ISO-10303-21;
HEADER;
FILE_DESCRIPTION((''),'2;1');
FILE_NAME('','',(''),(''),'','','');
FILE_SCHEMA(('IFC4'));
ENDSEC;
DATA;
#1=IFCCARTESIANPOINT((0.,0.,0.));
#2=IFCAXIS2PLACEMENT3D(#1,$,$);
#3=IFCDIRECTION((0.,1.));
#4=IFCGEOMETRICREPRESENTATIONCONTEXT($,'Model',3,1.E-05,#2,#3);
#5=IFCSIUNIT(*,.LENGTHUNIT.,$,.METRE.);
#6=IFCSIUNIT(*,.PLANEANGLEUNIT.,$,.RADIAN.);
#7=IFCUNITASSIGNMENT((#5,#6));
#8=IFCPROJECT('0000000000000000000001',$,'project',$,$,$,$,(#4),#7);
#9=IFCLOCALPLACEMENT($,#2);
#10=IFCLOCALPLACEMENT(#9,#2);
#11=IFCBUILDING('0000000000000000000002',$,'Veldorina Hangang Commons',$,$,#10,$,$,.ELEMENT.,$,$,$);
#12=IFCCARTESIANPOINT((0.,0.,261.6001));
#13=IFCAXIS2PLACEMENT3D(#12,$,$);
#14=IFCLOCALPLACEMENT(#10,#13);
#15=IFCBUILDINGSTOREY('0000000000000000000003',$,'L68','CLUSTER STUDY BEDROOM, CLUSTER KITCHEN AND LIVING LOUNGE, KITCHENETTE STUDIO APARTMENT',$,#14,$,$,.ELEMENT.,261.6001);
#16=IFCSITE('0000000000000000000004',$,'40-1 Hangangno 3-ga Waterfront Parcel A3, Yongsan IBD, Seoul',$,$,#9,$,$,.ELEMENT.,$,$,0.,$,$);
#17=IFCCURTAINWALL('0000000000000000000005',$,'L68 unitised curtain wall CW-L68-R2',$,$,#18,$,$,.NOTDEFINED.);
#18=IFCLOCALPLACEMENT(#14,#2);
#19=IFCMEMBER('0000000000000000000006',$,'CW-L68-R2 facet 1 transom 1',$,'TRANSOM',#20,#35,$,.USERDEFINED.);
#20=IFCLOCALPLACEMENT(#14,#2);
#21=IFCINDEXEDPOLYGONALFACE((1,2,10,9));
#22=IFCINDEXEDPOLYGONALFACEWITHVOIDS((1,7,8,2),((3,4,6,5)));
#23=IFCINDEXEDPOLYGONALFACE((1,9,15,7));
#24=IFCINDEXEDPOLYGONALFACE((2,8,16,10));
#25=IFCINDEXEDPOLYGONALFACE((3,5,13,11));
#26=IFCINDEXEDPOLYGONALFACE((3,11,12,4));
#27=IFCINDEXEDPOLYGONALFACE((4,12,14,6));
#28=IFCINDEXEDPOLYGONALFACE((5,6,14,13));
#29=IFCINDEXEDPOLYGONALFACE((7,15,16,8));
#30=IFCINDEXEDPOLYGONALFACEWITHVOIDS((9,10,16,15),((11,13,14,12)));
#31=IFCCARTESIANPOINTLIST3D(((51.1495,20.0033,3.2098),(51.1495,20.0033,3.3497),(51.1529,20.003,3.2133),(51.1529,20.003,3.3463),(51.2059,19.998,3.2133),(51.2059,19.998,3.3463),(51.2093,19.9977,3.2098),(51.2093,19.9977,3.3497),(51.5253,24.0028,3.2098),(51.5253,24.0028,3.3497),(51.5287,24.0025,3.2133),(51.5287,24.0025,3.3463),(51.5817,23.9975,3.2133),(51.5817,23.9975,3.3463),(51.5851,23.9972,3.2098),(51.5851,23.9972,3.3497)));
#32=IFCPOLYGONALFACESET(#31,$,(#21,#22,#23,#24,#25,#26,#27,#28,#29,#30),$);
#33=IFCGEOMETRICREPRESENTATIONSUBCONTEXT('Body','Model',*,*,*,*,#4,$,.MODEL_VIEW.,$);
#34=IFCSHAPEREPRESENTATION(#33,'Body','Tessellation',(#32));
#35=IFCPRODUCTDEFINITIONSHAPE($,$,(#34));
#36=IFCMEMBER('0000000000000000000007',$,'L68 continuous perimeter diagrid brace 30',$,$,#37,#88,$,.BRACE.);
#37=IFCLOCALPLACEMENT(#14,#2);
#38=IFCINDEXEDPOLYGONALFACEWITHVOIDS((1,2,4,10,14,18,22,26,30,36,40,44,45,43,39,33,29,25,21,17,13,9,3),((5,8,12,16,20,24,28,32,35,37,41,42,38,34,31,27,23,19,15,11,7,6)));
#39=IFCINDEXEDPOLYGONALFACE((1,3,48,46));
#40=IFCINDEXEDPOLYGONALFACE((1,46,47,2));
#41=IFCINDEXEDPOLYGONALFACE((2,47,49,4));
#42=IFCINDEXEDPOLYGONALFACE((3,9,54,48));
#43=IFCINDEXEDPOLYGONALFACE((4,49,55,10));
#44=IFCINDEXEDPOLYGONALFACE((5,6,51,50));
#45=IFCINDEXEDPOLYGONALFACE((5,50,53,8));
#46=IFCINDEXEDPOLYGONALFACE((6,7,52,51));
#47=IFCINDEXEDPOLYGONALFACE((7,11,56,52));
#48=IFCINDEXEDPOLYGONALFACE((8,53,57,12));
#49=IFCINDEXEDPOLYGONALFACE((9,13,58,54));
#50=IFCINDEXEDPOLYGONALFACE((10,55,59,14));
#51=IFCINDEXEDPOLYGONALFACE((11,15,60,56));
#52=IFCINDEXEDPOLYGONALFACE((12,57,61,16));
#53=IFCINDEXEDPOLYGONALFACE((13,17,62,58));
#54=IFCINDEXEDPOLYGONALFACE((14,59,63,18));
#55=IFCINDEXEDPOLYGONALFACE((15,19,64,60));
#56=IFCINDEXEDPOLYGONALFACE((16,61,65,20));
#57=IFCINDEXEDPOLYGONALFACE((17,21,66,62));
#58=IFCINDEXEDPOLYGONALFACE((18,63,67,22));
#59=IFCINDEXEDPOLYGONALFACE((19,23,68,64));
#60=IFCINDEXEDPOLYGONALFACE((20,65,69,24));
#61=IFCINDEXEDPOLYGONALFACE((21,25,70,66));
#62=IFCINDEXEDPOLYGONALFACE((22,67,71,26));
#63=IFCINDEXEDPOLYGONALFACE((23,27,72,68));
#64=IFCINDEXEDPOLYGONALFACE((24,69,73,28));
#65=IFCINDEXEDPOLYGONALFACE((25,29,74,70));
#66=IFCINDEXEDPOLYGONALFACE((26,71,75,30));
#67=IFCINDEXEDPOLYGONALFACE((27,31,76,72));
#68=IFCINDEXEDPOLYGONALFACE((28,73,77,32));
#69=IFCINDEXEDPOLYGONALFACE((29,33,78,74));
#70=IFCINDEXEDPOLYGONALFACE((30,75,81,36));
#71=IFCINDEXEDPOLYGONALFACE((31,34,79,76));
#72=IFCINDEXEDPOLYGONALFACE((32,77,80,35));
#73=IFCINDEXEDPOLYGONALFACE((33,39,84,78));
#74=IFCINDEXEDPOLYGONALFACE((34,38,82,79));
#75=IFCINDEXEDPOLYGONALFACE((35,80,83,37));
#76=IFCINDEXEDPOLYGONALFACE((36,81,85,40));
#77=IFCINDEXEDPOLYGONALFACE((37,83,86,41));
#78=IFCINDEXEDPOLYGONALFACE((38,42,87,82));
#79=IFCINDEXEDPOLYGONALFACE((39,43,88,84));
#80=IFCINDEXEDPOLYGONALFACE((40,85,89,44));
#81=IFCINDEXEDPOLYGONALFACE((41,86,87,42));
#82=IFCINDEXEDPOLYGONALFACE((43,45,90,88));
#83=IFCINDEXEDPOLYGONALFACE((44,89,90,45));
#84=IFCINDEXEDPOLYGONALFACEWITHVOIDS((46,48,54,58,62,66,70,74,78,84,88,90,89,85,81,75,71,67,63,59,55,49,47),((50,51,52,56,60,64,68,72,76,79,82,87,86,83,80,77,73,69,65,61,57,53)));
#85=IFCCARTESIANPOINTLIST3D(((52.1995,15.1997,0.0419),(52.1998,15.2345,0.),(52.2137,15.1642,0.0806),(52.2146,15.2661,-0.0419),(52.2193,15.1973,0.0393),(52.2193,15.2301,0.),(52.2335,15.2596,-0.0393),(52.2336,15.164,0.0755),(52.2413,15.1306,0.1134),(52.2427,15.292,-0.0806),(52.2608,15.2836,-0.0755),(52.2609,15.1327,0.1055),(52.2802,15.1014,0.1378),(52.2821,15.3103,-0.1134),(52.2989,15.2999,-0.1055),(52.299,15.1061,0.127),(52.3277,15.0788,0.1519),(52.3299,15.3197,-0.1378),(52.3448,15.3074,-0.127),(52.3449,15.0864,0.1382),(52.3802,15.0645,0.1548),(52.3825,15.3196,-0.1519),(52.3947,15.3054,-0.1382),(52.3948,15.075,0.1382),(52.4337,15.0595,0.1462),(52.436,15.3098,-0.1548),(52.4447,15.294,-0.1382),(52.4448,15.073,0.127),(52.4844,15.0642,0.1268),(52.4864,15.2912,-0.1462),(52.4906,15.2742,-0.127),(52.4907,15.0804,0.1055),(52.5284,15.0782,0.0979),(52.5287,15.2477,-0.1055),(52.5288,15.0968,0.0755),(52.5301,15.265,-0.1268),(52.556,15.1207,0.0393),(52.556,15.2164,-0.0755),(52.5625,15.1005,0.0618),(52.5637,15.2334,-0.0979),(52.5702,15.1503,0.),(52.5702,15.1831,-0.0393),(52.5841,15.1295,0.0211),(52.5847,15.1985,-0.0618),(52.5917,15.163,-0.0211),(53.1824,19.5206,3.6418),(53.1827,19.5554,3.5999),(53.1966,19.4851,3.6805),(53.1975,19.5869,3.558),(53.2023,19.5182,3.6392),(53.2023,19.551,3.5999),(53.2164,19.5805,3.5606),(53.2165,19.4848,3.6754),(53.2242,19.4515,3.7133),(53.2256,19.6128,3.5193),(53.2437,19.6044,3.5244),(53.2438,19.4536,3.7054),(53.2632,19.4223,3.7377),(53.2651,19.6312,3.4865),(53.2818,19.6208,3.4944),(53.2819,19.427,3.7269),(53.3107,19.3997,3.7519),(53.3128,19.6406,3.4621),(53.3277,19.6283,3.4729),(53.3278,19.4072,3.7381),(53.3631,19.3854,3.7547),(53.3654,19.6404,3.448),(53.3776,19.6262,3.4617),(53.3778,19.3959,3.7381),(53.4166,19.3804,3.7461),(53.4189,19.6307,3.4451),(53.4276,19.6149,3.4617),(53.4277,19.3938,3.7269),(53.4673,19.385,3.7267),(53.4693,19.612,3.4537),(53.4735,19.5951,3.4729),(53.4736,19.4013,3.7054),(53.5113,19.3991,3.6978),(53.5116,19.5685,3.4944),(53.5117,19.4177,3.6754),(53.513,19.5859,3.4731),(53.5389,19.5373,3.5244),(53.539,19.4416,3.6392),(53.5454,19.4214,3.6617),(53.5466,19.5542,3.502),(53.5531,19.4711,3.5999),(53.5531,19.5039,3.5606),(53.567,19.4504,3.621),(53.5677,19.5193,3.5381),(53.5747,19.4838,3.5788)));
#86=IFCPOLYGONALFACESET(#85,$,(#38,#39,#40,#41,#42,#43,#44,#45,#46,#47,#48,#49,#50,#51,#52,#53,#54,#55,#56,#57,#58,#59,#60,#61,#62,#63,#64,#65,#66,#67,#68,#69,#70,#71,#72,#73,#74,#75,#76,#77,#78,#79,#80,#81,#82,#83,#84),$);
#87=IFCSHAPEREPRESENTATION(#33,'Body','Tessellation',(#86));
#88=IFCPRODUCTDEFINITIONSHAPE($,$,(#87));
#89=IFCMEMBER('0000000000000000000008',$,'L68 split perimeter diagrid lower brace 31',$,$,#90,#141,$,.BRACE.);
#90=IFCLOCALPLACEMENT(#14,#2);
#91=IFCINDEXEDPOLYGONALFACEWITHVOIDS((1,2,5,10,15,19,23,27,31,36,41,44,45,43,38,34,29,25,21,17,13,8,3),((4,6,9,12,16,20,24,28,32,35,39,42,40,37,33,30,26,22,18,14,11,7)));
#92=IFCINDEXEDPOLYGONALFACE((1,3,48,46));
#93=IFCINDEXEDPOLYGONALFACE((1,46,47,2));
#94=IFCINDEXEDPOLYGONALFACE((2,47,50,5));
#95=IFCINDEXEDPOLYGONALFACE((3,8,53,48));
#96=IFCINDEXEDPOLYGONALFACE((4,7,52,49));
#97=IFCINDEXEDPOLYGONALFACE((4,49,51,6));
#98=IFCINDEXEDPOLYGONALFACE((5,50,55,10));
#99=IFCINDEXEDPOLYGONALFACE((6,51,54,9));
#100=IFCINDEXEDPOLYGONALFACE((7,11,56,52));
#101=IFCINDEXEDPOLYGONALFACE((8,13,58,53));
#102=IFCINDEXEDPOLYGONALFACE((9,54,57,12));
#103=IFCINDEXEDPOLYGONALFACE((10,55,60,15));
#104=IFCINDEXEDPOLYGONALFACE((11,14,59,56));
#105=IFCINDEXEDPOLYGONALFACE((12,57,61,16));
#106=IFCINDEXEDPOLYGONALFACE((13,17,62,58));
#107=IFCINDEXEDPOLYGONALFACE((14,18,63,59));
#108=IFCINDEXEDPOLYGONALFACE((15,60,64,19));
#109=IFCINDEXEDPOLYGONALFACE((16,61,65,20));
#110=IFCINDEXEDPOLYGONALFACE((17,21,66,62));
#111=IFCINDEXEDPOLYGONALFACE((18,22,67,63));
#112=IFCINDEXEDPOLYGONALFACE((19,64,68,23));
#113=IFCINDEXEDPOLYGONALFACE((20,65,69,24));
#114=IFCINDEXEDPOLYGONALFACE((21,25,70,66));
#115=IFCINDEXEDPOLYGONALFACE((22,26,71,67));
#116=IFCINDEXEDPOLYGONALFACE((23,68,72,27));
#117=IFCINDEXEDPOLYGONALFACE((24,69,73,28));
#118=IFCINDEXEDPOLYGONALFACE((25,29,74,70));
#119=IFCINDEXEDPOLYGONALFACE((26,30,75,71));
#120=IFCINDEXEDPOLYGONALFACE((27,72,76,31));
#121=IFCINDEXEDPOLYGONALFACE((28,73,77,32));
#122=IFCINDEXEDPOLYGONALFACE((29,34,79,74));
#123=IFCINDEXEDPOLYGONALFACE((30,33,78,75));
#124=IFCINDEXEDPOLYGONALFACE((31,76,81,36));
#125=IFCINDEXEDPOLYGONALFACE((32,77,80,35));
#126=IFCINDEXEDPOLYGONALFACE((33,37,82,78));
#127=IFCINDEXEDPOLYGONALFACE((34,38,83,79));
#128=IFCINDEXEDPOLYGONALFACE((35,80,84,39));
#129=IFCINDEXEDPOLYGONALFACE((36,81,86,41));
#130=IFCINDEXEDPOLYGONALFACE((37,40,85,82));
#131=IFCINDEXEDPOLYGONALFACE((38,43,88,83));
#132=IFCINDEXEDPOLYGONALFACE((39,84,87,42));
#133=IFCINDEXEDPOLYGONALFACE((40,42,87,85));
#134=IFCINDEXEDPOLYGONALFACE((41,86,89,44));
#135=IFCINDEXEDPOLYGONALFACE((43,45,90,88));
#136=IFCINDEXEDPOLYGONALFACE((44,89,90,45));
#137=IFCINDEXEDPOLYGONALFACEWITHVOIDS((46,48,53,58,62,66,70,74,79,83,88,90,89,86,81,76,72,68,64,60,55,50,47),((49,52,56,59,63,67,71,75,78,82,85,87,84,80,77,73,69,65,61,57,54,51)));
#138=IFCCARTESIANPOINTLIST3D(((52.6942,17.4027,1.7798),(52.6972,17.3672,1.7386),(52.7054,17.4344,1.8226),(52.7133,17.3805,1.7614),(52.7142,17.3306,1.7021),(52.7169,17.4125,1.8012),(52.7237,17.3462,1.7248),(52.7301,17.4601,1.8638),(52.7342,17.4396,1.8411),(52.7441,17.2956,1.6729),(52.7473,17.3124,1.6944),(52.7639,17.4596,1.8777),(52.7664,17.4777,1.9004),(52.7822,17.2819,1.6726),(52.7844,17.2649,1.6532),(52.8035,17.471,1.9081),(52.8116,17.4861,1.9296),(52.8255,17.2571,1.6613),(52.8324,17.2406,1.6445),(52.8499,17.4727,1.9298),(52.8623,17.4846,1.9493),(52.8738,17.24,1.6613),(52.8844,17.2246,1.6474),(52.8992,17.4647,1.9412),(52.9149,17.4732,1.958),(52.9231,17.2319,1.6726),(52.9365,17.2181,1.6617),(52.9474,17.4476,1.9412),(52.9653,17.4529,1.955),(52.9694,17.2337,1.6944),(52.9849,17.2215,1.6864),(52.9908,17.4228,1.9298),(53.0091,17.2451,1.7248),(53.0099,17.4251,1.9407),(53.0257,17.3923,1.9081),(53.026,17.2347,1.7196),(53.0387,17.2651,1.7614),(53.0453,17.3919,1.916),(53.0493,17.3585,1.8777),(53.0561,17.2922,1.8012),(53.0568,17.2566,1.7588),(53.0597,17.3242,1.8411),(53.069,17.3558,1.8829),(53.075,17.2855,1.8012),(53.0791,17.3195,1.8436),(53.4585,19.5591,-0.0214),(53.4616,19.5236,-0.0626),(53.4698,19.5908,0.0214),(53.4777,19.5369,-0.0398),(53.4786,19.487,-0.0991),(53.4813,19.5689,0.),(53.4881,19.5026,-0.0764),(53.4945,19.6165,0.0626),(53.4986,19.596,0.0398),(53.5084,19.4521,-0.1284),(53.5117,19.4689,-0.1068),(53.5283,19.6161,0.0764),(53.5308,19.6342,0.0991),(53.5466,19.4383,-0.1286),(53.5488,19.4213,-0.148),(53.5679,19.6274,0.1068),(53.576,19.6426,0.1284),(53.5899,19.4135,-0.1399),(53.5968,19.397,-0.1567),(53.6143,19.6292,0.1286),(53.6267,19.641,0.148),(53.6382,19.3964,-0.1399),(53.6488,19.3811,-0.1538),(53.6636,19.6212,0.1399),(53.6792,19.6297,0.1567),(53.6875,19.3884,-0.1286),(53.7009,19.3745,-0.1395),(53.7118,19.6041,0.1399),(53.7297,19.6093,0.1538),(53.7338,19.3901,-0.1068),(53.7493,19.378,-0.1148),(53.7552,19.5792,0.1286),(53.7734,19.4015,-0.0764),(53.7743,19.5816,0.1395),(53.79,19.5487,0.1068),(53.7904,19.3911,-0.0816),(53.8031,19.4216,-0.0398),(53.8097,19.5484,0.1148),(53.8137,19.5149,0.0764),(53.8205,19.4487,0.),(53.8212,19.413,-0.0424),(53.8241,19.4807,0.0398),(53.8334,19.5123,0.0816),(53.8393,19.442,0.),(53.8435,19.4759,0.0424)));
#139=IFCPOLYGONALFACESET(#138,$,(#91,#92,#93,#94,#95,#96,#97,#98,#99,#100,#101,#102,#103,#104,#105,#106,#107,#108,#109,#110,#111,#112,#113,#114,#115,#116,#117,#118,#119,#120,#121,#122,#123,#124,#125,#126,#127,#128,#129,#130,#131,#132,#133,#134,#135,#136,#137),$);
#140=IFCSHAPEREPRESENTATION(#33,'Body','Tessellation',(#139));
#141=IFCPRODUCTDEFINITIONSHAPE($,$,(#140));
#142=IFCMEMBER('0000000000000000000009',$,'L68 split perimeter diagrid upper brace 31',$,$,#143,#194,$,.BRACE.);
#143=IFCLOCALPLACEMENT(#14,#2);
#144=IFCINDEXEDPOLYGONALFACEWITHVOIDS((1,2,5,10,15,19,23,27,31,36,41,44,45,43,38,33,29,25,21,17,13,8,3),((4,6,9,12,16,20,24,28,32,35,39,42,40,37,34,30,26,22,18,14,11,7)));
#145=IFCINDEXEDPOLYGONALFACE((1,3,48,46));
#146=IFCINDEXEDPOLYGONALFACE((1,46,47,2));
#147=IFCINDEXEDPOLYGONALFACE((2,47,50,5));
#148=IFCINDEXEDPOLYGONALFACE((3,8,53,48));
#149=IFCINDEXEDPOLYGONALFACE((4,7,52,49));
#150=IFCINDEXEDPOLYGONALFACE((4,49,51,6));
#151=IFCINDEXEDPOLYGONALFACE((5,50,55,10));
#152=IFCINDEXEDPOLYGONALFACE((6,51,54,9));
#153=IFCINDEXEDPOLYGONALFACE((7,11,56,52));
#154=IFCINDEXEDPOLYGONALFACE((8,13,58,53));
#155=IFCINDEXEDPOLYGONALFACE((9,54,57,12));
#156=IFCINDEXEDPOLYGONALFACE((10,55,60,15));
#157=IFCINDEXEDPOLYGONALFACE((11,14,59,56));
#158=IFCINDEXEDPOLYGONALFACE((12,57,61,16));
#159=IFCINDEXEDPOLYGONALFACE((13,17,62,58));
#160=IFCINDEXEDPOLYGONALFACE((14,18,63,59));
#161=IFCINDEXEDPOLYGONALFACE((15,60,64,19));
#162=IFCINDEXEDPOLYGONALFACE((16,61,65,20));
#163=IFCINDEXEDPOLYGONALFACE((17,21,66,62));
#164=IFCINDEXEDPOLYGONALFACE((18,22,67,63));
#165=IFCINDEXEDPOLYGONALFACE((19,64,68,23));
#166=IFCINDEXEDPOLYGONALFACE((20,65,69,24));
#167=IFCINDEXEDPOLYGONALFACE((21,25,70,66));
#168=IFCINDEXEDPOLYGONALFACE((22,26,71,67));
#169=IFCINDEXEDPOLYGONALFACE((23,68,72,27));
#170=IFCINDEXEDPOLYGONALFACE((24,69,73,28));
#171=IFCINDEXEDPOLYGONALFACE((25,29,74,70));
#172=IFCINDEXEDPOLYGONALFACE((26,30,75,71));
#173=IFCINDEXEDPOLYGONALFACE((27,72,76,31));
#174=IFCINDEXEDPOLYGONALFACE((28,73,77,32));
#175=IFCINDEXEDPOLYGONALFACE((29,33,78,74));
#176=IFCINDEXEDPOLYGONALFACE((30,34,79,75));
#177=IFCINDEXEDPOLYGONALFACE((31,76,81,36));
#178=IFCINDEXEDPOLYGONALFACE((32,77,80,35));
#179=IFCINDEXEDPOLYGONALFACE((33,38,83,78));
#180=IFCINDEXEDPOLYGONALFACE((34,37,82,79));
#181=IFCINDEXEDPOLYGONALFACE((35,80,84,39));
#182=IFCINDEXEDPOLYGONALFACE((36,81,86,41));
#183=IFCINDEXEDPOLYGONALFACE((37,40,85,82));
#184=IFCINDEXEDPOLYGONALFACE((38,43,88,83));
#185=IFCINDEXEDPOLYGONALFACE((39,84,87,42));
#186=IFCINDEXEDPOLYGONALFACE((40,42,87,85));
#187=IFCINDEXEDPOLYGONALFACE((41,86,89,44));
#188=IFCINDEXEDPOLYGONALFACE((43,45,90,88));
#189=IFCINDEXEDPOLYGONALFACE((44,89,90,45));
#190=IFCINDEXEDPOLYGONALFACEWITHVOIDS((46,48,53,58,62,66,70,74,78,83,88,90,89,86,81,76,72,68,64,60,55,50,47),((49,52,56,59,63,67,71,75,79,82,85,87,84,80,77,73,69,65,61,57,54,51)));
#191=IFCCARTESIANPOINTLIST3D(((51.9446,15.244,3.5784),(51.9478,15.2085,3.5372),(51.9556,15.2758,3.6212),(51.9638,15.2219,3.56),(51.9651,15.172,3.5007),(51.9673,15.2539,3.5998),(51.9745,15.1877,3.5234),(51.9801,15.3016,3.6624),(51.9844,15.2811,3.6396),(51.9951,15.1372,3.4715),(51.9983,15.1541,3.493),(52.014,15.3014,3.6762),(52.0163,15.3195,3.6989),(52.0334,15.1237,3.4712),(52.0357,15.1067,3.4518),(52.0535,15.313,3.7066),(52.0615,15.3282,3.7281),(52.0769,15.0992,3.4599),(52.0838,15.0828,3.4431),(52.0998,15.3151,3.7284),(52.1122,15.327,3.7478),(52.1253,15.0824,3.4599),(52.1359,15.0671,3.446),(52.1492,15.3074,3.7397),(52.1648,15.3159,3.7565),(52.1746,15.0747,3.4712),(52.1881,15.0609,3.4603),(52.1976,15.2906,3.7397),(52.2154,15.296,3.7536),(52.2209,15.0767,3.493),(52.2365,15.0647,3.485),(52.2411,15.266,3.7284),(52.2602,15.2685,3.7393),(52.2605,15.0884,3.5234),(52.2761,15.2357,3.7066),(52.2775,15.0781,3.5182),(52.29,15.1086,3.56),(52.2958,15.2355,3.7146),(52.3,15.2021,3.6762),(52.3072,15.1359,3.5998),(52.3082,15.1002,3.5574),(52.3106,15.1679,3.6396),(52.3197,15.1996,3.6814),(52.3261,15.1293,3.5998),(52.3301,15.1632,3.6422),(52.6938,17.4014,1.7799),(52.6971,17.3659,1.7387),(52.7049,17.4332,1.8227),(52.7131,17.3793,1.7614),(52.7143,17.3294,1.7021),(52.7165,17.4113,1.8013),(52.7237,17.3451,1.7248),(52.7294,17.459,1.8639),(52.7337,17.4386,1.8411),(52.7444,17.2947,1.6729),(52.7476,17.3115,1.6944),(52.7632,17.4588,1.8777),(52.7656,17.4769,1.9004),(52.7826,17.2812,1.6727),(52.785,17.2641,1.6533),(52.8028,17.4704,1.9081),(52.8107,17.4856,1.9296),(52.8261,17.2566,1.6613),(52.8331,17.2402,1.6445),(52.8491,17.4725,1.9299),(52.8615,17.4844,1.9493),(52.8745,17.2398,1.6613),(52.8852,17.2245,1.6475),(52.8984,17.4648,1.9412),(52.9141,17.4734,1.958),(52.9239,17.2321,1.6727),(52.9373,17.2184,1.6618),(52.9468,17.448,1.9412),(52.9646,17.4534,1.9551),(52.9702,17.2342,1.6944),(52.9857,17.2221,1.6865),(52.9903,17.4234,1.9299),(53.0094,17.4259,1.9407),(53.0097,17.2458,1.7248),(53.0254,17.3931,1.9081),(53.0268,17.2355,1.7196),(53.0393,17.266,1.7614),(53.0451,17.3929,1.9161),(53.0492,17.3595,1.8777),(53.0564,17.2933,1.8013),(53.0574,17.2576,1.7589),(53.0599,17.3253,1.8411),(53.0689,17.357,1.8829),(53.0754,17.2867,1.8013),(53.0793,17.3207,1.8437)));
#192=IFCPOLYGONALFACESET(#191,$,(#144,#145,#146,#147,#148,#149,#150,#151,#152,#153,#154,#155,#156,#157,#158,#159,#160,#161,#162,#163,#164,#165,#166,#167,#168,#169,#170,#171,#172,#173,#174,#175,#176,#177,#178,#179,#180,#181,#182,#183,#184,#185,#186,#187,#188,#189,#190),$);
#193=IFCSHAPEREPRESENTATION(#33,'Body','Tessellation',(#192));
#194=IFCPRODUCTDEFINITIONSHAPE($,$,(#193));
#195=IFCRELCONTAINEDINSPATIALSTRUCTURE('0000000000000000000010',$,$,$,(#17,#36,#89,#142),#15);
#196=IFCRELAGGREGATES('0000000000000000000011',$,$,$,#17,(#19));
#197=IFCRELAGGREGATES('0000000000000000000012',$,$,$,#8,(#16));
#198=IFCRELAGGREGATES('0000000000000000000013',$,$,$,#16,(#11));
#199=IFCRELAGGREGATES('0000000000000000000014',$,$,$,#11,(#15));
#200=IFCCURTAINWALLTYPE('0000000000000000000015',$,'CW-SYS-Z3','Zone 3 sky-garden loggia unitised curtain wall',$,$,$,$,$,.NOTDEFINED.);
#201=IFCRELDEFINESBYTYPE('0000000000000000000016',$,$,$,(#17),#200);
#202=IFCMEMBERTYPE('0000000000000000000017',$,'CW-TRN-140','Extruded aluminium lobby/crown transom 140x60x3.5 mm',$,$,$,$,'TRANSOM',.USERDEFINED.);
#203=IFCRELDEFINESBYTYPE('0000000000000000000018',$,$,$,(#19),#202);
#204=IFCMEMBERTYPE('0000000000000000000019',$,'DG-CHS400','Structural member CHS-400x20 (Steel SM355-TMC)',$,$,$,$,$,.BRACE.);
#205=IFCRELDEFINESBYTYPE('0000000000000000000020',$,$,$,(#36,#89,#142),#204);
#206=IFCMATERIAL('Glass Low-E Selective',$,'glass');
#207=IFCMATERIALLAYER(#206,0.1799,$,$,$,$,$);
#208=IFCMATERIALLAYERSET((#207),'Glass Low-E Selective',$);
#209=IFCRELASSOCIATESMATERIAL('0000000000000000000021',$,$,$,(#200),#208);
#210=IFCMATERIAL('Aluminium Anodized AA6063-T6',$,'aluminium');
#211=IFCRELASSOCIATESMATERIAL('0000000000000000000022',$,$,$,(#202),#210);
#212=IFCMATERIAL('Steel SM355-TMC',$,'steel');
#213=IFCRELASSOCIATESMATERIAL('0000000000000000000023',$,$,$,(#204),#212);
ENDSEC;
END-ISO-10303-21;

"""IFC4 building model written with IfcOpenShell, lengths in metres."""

from ifc_helpers import new_model, si_unit, direction, frame, origin, origin_2d, place, context, subcontext, project, spatial, hollow_rectangle, hollow_circle, extrude, material, layer, layer_set, material_profile, profile_set, type_object, element, aggregate, save


model = new_model("IFC4")

# Units and contexts
model_context = context("Model", 3, precision=1e-05, world=origin(), true_north=direction((0.0, 1.0)))
body_context = subcontext(model_context, "Body", "Model", "MODEL_VIEW")
ifc_project = project(units=[si_unit("LENGTHUNIT", "METRE"), si_unit("PLANEANGLEUNIT", "RADIAN")], contexts=[model_context])

# Site, building, storey
site_placement = place(None, origin())
site = spatial("IfcSite", under=ifc_project, at=site_placement, Name="40-1 Hangangno 3-ga Waterfront Parcel A3, Yongsan IBD, Seoul", CompositionType="ELEMENT", RefElevation=0.0)
building_placement = place(site_placement, origin())
building = spatial("IfcBuilding", under=site, at=building_placement, Name="Veldorina Hangang Commons", CompositionType="ELEMENT")
storey_placement = place(building_placement, frame((0.0, 0.0, 261.6001)))
storey = spatial("IfcBuildingStorey", under=building, at=storey_placement, Name="L68", Description="CLUSTER STUDY BEDROOM, CLUSTER KITCHEN AND LIVING LOUNGE, KITCHENETTE STUDIO APARTMENT", CompositionType="ELEMENT", Elevation=261.6001)

# Shared definitions
ifc_material_1 = material(Name="Steel SM355-TMC", Category="steel")

# Shared definitions
ifc_material_2 = material(Name="Glass Low-E Selective", Category="glass")
ifc_layer_1 = layer(ifc_material_2, 0.1799)
ifc_layer_set_1 = layer_set([ifc_layer_1], Name="Glass Low-E Selective")
curtain_wall_type = type_object("IfcCurtainWallType", Name="CW-SYS-Z3", Description="Zone 3 sky-garden loggia unitised curtain wall", PredefinedType="NOTDEFINED", material=ifc_layer_set_1)
ifc_material_3 = material(Name="Aluminium Anodized AA6063-T6", Category="aluminium")

# Curtain wall, member
curtain_wall_1_placement = place(storey_placement, origin())
curtain_wall_1 = element("IfcCurtainWall", 1, at=curtain_wall_1_placement, inside=storey, type_object=curtain_wall_type, Name="L68 unitised curtain wall CW-L68-R2", PredefinedType="NOTDEFINED")
ifc_material_profile_1 = material_profile(ifc_material_3, hollow_rectangle(XDim=0.0601, YDim=0.1399, WallThickness=0.0034, at=origin_2d()), Name="ALU-RHS-140x60x3.5")
ifc_profile_set_1 = profile_set([ifc_material_profile_1], Name="Aluminium Anodized AA6063-T6")
member_type_1 = type_object("IfcMemberType", Name="CW-TRN-140", Description="Extruded aluminium lobby/crown transom 140x60x3.5 mm", ElementType="TRANSOM", PredefinedType="USERDEFINED", material=ifc_profile_set_1)
member_1_placement = place(storey_placement, frame((51.1794, 20.0005, 3.2798), z_axis=(0.093533, 0.995616, 0.0), x_axis=(-0.995616, 0.093533, 0.0)))
member_1 = element("IfcMember", 2, at=member_1_placement, type_object=member_type_1, Name="CW-L68-R2 facet 1 transom 1", ObjectType="TRANSOM", PredefinedType="USERDEFINED", context=body_context, shape_type="SweptSolid", body=[
    extrude(hollow_rectangle(XDim=0.0601, YDim=0.1399, WallThickness=0.0034, at=origin_2d()), origin(), (0.0, 0.0, 1.0), 4.0171),
])

# Members
ifc_material_profile_2 = material_profile(ifc_material_1, hollow_circle(Radius=0.2, WallThickness=0.02, at=origin_2d()), Name="CHS-400x20")
ifc_profile_set_2 = profile_set([ifc_material_profile_2], Name="Steel SM355-TMC")
member_type_2 = type_object("IfcMemberType", Name="DG-CHS400", Description="Structural member CHS-400x20 (Steel SM355-TMC)", PredefinedType="BRACE", material=ifc_profile_set_2)
member_2_placement = place(storey_placement, frame((52.3948, 15.1902, 0.0), z_axis=(0.172164, 0.756821, 0.630541), x_axis=(-0.975088, 0.221816, 0.0)))
element("IfcMember", 3, at=member_2_placement, inside=storey, type_object=member_type_2, Name="L68 continuous perimeter diagrid brace 30", PredefinedType="BRACE", context=body_context, shape_type="SweptSolid", body=[
    extrude(hollow_circle(Radius=0.2, WallThickness=0.02, at=origin_2d()), origin(), (0.0, 0.0, 1.0), 5.7092),
])
member_3_placement = place(storey_placement, frame((53.6509, 19.5088, 0.0), z_axis=(-0.262508, -0.740571, 0.618582), x_axis=(0.942538, -0.334098, 0.0)))
element("IfcMember", 4, at=member_3_placement, inside=storey, type_object=member_type_2, Name="L68 split perimeter diagrid lower brace 31", PredefinedType="BRACE", context=body_context, shape_type="SweptSolid", body=[
    extrude(hollow_circle(Radius=0.2, WallThickness=0.02, at=origin_2d()), origin(), (0.0, 0.0, 1.0), 2.9119),
])
member_4_placement = place(storey_placement, frame((52.8865, 17.3523, 1.8013), z_axis=(-0.257741, -0.742149, 0.618696), x_axis=(0.944654, -0.328069, 0.0)))
element("IfcMember", 5, at=member_4_placement, inside=storey, type_object=member_type_2, Name="L68 split perimeter diagrid upper brace 31", PredefinedType="BRACE", context=body_context, shape_type="SweptSolid", body=[
    extrude(hollow_circle(Radius=0.2, WallThickness=0.02, at=origin_2d()), origin(), (0.0, 0.0, 1.0), 2.907),
])

aggregate(curtain_wall_1, [member_1])

save(model, "model.ifc")
